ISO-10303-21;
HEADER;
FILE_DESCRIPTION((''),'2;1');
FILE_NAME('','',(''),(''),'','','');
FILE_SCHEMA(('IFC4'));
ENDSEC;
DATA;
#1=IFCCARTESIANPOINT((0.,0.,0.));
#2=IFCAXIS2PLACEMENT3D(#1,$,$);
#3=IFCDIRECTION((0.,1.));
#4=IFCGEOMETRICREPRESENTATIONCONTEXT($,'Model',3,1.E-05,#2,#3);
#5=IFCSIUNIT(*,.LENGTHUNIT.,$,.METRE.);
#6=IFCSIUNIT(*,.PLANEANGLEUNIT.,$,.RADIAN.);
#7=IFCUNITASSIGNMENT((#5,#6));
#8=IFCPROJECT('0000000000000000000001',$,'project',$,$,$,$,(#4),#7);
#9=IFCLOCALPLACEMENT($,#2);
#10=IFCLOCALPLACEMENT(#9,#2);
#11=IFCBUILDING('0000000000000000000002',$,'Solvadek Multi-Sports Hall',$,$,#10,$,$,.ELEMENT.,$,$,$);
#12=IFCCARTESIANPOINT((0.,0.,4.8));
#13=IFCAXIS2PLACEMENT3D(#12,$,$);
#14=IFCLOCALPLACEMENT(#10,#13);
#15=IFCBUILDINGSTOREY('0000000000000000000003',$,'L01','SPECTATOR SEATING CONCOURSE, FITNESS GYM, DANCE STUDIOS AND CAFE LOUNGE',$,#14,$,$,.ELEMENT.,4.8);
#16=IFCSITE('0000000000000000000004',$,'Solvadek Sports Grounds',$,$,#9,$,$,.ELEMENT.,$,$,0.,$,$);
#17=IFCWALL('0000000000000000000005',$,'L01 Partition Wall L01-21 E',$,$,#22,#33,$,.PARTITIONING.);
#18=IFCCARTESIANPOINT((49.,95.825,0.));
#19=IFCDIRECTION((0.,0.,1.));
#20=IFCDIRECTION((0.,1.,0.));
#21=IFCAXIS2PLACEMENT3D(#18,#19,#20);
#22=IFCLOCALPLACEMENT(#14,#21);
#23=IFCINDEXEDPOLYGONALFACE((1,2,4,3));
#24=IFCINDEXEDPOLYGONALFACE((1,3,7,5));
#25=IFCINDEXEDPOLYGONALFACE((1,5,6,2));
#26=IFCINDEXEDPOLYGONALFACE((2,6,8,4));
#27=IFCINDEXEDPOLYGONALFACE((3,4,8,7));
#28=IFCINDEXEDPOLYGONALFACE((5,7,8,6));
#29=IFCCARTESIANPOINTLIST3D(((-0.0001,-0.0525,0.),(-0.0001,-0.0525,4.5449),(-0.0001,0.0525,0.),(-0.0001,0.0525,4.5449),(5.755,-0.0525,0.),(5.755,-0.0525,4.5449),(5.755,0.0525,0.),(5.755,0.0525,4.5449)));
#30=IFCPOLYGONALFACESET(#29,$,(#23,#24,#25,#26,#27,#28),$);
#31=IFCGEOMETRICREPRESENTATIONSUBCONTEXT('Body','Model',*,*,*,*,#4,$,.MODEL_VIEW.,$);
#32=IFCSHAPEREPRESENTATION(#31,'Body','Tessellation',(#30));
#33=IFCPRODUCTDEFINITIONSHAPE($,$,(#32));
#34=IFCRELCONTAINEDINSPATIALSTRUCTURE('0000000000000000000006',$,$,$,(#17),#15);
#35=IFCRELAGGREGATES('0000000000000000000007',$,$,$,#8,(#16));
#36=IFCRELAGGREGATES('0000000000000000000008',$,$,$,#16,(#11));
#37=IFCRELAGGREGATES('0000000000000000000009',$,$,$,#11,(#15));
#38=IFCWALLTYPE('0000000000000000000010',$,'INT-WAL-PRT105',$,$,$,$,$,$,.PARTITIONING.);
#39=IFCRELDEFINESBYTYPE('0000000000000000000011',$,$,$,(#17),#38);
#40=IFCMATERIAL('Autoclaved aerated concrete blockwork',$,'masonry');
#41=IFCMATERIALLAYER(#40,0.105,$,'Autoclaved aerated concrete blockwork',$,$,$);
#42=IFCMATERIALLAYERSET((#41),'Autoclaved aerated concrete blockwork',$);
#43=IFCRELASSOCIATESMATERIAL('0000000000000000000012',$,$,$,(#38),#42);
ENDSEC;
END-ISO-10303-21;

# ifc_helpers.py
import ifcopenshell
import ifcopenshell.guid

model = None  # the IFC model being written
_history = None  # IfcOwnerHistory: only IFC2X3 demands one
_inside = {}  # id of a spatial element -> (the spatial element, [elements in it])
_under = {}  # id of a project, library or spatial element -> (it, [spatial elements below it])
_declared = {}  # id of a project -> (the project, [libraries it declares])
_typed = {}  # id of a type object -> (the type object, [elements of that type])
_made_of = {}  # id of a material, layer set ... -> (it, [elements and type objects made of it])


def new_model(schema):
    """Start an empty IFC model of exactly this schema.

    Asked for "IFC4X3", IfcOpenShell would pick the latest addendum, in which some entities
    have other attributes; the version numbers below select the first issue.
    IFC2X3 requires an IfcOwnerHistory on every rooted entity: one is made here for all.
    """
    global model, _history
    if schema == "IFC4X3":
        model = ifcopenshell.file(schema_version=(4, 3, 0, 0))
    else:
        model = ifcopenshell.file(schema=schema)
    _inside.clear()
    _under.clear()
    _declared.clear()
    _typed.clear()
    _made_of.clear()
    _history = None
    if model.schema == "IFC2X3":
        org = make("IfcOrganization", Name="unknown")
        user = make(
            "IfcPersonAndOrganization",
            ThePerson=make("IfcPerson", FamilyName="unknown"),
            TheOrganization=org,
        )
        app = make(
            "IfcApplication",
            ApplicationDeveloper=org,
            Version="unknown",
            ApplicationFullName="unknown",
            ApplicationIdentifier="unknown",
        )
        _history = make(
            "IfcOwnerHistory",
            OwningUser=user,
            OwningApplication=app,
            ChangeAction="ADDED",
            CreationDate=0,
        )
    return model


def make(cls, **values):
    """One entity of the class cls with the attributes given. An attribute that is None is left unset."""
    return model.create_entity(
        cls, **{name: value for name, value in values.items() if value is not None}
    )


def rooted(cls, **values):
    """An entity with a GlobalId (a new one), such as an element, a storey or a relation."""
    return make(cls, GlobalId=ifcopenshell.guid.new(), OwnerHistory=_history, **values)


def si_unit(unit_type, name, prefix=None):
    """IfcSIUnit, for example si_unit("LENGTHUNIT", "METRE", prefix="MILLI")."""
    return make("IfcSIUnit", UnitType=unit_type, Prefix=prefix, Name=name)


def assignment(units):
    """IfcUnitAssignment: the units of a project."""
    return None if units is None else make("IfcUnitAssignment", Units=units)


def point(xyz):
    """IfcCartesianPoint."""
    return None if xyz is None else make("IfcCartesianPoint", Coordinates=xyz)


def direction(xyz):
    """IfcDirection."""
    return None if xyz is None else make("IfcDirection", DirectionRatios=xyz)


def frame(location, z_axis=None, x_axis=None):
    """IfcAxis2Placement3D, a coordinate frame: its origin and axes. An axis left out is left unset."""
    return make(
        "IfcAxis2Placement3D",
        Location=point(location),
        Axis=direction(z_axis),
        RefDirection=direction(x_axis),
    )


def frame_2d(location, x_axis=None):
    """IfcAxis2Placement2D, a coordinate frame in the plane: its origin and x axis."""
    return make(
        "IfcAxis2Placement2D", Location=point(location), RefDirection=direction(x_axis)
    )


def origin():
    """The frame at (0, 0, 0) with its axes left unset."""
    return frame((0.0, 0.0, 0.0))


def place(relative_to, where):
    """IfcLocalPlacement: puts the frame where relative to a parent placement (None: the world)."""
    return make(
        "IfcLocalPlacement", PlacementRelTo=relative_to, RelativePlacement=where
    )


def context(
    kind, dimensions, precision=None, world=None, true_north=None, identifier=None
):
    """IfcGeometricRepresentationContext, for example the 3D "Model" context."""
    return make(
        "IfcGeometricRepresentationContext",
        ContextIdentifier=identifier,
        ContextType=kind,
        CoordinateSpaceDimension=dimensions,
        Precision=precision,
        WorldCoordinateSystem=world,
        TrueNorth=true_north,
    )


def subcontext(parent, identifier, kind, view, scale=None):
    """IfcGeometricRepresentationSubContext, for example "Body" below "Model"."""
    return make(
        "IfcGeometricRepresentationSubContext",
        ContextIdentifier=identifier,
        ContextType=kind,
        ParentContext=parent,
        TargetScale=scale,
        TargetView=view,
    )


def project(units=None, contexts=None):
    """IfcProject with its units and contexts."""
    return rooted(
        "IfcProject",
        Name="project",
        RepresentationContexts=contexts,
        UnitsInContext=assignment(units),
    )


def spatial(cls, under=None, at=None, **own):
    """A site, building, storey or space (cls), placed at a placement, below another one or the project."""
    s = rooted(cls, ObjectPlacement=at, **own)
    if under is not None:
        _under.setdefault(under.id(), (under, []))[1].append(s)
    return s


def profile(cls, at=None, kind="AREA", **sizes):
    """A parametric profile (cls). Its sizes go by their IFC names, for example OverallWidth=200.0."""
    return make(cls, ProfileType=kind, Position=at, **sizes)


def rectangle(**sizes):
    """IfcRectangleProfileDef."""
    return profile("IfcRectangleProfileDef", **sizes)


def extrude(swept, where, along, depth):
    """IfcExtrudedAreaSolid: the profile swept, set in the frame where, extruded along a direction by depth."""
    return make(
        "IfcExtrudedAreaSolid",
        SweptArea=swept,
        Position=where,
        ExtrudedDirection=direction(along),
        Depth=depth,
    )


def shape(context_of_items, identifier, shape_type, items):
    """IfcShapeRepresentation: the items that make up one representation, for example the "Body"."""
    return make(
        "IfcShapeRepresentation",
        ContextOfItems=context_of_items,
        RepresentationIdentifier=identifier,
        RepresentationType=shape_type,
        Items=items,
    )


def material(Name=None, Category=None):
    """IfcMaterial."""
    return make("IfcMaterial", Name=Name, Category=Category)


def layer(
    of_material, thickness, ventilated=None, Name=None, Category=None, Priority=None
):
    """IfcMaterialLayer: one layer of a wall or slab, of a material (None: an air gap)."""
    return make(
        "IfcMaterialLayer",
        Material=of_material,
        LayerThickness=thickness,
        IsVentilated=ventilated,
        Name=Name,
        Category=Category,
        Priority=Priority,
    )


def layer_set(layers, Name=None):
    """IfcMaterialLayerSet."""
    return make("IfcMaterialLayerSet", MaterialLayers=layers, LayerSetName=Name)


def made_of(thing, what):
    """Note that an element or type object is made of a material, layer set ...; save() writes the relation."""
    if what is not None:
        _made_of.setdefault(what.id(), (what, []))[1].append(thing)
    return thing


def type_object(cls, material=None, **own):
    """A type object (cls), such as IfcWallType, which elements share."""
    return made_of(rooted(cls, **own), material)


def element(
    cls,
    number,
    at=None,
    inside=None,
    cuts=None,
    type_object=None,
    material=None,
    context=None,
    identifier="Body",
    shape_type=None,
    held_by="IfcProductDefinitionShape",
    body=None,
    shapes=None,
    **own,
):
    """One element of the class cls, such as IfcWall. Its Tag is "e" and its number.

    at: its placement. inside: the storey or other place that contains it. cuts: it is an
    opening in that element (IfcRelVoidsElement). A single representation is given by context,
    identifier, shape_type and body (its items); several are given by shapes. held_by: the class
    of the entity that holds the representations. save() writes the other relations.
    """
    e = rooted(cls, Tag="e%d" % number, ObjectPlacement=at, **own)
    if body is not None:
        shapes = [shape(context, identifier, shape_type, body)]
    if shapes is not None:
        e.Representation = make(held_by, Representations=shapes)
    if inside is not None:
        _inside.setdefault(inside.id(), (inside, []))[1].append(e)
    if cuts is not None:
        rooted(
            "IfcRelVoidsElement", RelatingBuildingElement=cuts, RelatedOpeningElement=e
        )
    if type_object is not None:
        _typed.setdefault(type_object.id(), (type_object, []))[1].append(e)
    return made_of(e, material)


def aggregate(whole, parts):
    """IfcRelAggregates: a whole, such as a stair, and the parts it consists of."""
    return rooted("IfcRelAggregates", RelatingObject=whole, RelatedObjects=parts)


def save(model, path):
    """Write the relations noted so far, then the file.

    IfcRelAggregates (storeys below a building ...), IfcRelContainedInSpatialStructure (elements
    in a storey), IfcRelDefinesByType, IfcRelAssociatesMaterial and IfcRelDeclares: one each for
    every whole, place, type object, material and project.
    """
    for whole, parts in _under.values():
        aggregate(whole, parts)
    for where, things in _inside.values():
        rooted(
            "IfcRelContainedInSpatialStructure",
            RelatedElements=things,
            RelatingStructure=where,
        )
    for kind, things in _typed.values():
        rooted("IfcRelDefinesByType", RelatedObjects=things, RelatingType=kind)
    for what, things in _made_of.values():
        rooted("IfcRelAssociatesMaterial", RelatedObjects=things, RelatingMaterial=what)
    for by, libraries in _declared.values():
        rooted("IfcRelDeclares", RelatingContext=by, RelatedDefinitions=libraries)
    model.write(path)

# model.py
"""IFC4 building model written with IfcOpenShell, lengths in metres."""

from ifc_helpers import new_model, si_unit, direction, frame, frame_2d, origin, place, context, subcontext, project, spatial, rectangle, extrude, material, layer, layer_set, type_object, element, save


model = new_model("IFC4")

# Units and contexts
model_context = context("Model", 3, precision=1e-05, world=origin(), true_north=direction((0.0, 1.0)))
body_context = subcontext(model_context, "Body", "Model", "MODEL_VIEW")
ifc_project = project(units=[si_unit("LENGTHUNIT", "METRE"), si_unit("PLANEANGLEUNIT", "RADIAN")], contexts=[model_context])

# Site, building, storey
site_placement = place(None, origin())
site = spatial("IfcSite", under=ifc_project, at=site_placement, Name="Solvadek Sports Grounds", CompositionType="ELEMENT", RefElevation=0.0)
building_placement = place(site_placement, origin())
building = spatial("IfcBuilding", under=site, at=building_placement, Name="Solvadek Multi-Sports Hall", CompositionType="ELEMENT")
storey_placement = place(building_placement, frame((0.0, 0.0, 4.8)))
storey = spatial("IfcBuildingStorey", under=building, at=storey_placement, Name="L01", Description="SPECTATOR SEATING CONCOURSE, FITNESS GYM, DANCE STUDIOS AND CAFE LOUNGE", CompositionType="ELEMENT", Elevation=4.8)

# Shared definitions
ifc_material_1 = material(Name="Autoclaved aerated concrete blockwork", Category="masonry")
ifc_layer_1 = layer(ifc_material_1, 0.105, Name="Autoclaved aerated concrete blockwork")
ifc_layer_set_1 = layer_set([ifc_layer_1], Name="Autoclaved aerated concrete blockwork")
wall_type_1 = type_object("IfcWallType", Name="INT-WAL-PRT105", PredefinedType="PARTITIONING", material=ifc_layer_set_1)

# Wall
wall_1_placement = place(storey_placement, frame((49.0, 95.825, 0.0), z_axis=(0.0, 0.0, 1.0), x_axis=(0.0, 1.0, 0.0)))
element("IfcWall", 1, at=wall_1_placement, inside=storey, type_object=wall_type_1, Name="L01 Partition Wall L01-21 E", PredefinedType="PARTITIONING", context=body_context, shape_type="SweptSolid", body=[
    extrude(rectangle(XDim=5.7551, YDim=0.105, at=frame_2d((2.8774, 0.0))), origin(), (0.0, 0.0, 1.0), 4.5449),
])

save(model, "model.ifc")
